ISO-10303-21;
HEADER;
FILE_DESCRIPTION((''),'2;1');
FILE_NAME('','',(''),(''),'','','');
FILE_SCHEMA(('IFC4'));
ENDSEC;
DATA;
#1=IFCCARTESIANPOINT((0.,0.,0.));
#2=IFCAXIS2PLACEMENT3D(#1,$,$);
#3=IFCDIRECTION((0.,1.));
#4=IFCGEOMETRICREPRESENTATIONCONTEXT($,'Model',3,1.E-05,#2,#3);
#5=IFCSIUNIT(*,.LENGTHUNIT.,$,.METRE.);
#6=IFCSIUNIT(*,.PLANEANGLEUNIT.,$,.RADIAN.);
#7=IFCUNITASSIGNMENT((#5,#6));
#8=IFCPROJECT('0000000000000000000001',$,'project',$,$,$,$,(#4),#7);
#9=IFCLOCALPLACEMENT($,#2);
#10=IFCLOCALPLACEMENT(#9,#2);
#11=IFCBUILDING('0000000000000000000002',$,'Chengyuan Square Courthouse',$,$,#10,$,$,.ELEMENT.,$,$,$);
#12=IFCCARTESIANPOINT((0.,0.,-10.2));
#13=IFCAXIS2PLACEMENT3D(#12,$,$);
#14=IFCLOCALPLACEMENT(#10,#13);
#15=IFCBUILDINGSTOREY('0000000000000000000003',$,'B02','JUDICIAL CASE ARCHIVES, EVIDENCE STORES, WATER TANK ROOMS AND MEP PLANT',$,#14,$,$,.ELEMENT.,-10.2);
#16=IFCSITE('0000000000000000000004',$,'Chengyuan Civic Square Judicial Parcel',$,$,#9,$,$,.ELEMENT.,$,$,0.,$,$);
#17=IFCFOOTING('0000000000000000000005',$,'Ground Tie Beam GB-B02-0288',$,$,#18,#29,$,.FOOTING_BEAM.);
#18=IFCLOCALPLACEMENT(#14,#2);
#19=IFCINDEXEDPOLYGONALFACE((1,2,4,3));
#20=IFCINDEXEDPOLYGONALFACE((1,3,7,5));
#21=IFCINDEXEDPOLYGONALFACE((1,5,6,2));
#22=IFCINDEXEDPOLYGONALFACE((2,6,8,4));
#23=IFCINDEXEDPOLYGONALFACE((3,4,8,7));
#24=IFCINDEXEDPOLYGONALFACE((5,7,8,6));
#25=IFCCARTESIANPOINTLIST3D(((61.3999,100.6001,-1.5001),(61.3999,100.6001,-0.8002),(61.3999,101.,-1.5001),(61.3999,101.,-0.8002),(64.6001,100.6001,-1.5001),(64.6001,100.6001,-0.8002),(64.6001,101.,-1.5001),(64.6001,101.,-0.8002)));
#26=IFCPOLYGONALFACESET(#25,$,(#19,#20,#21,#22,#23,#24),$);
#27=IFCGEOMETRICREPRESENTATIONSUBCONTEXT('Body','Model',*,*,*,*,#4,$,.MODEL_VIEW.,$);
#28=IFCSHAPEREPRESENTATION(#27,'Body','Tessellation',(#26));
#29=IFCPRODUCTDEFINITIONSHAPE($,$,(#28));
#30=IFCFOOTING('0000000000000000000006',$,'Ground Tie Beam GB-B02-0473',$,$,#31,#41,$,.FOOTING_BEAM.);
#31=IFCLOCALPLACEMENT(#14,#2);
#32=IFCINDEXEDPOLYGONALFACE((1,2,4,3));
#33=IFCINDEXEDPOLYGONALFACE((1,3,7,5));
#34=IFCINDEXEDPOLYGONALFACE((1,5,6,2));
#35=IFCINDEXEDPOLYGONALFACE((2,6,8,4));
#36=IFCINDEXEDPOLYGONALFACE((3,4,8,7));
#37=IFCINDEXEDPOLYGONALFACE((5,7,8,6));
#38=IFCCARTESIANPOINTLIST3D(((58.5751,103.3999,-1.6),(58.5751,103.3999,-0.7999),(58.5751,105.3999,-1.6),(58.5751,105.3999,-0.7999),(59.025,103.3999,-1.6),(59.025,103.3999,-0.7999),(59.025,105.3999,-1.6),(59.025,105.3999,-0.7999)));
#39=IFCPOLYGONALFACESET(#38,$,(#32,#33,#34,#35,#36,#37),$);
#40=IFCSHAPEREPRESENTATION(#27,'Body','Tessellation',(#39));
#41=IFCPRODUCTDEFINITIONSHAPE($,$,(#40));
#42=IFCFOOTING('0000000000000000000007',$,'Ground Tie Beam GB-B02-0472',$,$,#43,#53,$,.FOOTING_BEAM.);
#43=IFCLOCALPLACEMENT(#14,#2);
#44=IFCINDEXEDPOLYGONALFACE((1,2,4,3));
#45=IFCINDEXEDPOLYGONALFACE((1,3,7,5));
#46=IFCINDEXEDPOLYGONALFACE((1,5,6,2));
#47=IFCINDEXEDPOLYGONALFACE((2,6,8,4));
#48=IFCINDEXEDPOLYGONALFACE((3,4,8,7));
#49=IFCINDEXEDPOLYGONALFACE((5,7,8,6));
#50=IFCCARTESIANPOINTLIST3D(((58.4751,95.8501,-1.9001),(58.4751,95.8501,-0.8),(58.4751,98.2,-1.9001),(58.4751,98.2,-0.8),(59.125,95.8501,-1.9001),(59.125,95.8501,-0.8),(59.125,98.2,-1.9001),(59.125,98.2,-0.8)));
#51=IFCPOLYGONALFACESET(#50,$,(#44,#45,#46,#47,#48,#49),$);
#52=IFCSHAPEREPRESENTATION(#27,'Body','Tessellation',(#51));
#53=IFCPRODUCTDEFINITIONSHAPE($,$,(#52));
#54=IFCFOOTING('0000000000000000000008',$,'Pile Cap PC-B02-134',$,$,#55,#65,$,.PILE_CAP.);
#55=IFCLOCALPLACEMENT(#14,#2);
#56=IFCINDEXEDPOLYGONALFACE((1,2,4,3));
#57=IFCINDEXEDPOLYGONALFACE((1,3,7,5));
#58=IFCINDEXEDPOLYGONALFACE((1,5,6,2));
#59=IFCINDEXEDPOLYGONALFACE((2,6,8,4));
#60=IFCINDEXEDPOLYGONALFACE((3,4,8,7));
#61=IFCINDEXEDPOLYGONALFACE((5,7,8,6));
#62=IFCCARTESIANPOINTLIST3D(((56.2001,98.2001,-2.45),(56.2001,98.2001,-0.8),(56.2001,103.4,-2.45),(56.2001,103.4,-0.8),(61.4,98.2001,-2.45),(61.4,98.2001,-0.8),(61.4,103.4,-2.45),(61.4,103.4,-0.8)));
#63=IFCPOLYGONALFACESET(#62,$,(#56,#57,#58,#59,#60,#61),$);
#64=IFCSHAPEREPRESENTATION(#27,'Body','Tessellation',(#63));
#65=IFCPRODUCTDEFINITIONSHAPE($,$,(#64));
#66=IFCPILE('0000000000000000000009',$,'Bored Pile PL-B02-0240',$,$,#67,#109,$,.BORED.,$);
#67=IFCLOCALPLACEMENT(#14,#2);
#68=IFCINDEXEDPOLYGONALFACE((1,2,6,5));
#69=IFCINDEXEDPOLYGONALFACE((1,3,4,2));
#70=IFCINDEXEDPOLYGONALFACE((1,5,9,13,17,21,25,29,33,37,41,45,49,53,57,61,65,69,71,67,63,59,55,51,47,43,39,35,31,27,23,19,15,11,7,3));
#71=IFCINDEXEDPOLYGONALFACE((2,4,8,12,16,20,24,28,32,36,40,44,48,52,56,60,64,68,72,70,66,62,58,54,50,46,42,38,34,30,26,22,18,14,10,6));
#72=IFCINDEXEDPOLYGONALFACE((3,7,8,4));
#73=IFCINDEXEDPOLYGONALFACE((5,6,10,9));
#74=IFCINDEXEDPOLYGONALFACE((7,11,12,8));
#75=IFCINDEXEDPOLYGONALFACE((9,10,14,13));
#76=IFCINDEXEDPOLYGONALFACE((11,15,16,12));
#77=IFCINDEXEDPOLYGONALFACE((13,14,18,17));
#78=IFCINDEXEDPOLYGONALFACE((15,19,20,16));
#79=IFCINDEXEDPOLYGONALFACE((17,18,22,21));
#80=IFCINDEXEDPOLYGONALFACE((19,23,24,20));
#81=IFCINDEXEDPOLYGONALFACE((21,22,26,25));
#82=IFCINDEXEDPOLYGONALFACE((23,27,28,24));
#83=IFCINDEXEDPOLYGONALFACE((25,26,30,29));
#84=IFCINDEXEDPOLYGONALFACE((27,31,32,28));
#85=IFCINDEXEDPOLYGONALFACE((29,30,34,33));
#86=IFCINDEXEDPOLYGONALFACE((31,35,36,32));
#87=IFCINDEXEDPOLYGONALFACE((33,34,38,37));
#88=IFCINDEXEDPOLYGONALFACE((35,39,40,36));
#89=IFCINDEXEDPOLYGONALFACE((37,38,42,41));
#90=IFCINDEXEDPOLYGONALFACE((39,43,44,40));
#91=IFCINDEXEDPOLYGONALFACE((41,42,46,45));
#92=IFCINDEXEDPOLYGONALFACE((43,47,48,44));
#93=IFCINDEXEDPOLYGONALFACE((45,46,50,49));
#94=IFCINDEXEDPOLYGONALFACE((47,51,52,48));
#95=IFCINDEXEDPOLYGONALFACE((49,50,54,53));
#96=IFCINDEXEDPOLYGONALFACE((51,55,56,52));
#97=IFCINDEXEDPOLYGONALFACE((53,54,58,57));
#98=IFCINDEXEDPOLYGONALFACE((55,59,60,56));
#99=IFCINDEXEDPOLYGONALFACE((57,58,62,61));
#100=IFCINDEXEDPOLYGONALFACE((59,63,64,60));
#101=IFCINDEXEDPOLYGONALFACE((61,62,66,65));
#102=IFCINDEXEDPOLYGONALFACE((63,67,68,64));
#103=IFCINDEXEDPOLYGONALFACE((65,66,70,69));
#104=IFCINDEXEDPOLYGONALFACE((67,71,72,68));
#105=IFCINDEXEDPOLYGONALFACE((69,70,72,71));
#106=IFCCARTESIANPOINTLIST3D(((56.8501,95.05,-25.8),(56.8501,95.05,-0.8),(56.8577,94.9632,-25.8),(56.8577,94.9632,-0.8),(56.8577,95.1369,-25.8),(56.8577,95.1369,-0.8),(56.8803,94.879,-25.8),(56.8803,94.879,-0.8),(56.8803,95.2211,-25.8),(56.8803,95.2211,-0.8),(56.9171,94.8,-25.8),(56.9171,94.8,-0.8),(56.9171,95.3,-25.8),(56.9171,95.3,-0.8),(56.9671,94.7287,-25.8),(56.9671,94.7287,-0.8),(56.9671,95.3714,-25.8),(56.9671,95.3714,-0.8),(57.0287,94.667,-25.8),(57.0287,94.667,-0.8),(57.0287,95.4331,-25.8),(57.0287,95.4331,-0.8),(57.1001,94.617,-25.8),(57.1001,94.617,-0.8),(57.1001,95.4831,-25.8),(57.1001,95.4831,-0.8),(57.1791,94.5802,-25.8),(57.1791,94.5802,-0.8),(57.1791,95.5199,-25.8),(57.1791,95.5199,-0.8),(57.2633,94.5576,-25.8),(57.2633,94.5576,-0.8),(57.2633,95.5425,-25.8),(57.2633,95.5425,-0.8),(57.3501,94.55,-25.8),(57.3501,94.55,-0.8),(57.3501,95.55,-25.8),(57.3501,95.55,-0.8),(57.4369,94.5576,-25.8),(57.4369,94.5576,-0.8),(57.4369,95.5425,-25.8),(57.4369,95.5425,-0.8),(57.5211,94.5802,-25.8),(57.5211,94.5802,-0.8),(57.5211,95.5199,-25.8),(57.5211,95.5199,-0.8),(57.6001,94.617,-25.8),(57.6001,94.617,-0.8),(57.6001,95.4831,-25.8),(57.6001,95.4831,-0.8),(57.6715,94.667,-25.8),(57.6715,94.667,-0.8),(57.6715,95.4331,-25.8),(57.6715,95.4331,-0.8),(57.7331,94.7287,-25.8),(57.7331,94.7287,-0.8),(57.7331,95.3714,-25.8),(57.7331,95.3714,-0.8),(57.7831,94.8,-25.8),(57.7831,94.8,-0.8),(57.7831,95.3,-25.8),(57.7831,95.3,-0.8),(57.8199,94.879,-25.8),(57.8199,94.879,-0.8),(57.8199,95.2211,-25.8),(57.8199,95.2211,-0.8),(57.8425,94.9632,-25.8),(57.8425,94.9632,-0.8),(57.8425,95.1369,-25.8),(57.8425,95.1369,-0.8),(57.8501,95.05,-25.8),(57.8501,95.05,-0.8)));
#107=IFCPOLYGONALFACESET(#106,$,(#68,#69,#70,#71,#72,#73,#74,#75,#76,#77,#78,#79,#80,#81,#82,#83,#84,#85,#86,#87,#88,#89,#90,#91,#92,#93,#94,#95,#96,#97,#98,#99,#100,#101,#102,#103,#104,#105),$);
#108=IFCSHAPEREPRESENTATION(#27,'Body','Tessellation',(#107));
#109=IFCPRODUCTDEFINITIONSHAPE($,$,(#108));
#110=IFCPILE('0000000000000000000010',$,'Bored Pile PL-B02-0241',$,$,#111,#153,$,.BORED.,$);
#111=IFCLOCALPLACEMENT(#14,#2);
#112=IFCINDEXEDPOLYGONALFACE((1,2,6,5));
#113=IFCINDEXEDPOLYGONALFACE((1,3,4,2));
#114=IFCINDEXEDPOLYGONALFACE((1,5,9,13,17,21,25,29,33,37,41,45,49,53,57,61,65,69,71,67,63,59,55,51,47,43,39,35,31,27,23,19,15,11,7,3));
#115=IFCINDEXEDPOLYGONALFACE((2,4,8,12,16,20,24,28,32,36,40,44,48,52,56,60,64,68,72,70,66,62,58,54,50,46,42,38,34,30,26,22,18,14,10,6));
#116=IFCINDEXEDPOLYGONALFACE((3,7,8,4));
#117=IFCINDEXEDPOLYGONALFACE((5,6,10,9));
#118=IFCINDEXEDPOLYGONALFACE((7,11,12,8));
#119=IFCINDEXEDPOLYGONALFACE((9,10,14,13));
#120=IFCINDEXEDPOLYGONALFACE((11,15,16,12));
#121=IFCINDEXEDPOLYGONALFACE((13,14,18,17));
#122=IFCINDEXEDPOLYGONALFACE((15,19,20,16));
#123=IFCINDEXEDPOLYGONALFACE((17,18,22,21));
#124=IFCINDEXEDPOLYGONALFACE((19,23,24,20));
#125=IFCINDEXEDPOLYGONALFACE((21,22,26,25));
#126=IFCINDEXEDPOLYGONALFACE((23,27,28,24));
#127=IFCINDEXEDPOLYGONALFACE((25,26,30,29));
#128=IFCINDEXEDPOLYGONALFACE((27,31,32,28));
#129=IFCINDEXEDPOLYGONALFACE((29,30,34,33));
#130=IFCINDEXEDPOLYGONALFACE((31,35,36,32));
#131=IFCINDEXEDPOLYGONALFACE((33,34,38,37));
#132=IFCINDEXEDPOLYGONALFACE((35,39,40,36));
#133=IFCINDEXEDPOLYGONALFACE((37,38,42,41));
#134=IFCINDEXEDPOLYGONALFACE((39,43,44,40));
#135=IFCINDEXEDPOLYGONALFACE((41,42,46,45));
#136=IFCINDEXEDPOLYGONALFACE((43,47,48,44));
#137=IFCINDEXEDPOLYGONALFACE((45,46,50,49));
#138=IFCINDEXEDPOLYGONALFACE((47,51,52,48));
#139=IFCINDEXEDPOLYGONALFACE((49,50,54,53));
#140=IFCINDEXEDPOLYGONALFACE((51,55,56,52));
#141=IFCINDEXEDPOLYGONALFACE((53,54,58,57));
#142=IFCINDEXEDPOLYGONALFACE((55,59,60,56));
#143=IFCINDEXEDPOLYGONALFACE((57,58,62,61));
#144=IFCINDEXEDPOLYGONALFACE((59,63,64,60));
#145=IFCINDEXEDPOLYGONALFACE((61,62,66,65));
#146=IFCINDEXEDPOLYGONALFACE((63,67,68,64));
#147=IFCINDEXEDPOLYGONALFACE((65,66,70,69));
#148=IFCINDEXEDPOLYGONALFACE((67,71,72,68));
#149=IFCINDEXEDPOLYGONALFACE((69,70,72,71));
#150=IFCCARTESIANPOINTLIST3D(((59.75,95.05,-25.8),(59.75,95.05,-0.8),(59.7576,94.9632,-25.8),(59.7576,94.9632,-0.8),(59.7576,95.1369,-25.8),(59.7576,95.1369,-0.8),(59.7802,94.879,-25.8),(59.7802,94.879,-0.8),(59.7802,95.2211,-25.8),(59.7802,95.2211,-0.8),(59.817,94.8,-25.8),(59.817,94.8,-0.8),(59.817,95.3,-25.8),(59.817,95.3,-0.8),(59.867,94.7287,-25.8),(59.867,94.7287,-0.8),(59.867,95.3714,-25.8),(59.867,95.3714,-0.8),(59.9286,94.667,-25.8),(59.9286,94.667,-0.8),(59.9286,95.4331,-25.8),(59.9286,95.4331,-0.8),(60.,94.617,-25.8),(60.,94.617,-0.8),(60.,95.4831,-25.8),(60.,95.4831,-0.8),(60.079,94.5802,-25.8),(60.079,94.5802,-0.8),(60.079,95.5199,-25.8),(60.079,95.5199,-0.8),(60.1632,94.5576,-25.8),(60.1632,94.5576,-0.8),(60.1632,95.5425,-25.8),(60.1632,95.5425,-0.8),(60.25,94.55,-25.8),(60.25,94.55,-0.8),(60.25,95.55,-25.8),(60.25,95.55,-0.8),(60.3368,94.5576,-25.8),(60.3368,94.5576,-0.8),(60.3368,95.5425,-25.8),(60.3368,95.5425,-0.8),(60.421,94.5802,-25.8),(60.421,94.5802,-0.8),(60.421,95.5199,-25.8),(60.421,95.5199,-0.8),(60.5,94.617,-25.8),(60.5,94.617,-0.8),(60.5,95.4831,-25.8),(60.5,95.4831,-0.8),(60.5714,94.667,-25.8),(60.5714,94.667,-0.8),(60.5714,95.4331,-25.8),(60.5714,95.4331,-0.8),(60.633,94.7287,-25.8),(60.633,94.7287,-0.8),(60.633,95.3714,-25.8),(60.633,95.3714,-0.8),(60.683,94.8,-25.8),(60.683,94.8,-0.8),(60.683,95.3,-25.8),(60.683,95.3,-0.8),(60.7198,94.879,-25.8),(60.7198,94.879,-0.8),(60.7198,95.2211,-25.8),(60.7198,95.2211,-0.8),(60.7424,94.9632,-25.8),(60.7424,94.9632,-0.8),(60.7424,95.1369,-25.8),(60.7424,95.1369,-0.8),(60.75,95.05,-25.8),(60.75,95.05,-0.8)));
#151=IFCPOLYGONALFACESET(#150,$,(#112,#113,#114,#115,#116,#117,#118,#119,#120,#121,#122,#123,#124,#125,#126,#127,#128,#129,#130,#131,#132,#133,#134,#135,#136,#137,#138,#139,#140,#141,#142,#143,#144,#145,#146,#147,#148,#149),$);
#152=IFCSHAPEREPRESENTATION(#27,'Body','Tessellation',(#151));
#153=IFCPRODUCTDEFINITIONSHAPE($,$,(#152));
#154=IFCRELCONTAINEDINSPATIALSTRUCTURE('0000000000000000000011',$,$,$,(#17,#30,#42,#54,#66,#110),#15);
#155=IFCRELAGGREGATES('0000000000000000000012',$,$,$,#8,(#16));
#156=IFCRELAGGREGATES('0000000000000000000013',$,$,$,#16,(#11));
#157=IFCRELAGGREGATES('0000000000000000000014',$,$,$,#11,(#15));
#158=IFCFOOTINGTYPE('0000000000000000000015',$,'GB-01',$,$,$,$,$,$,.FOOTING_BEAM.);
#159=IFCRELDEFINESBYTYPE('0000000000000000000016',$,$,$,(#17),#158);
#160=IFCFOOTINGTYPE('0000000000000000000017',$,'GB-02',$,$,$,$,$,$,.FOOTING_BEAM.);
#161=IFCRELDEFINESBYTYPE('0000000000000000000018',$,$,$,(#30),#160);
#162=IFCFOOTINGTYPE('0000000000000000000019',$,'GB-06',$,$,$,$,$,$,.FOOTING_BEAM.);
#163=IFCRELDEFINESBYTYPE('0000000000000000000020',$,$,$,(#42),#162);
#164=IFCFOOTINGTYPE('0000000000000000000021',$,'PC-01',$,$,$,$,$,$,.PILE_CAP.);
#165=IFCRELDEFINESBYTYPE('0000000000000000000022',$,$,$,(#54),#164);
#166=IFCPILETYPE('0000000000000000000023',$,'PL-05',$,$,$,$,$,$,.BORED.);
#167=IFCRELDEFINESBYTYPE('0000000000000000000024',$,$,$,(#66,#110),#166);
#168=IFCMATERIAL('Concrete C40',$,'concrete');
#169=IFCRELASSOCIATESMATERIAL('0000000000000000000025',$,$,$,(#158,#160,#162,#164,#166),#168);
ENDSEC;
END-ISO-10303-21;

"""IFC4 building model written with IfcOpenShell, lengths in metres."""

from ifc_helpers import new_model, si_unit, direction, frame, origin, origin_2d, place, context, subcontext, project, spatial, rectangle, circle, extrude, material, material_profile, profile_set, type_object, element, save


model = new_model("IFC4")

# Units and contexts
model_context = context("Model", 3, precision=1e-05, world=origin(), true_north=direction((0.0, 1.0)))
body_context = subcontext(model_context, "Body", "Model", "MODEL_VIEW")
ifc_project = project(units=[si_unit("LENGTHUNIT", "METRE"), si_unit("PLANEANGLEUNIT", "RADIAN")], contexts=[model_context])

# Site, building, storey
site_placement = place(None, origin())
site = spatial("IfcSite", under=ifc_project, at=site_placement, Name="Chengyuan Civic Square Judicial Parcel", CompositionType="ELEMENT", RefElevation=0.0)
building_placement = place(site_placement, origin())
building = spatial("IfcBuilding", under=site, at=building_placement, Name="Chengyuan Square Courthouse", CompositionType="ELEMENT")
storey_placement = place(building_placement, frame((0.0, 0.0, -10.2)))
storey = spatial("IfcBuildingStorey", under=building, at=storey_placement, Name="B02", Description="JUDICIAL CASE ARCHIVES, EVIDENCE STORES, WATER TANK ROOMS AND MEP PLANT", CompositionType="ELEMENT", Elevation=-10.2)

# Footings
ifc_material_1 = material(Name="Concrete C40", Category="concrete")
ifc_material_profile_1 = material_profile(ifc_material_1, rectangle(XDim=0.3999, YDim=0.7, at=origin_2d()), Name="GB-400x700")
ifc_profile_set_1 = profile_set([ifc_material_profile_1], Name="Concrete C40")
footing_type_1 = type_object("IfcFootingType", Name="GB-01", PredefinedType="FOOTING_BEAM", material=ifc_profile_set_1)
footing_1_placement = place(storey_placement, frame((61.3999, 100.8, -1.1501), z_axis=(1.0, 0.0, 0.0), x_axis=(0.0, 1.0, 0.0)))
element("IfcFooting", 1, at=footing_1_placement, inside=storey, type_object=footing_type_1, Name="Ground Tie Beam GB-B02-0288", PredefinedType="FOOTING_BEAM", context=body_context, shape_type="SweptSolid", body=[
    extrude(rectangle(XDim=0.3999, YDim=0.7, at=origin_2d()), origin(), (0.0, 0.0, 1.0), 3.2002),
])
ifc_material_profile_2 = material_profile(ifc_material_1, rectangle(XDim=0.45, YDim=0.8, at=origin_2d()), Name="GB-450x800")
ifc_profile_set_2 = profile_set([ifc_material_profile_2], Name="Concrete C40")
footing_type_2 = type_object("IfcFootingType", Name="GB-02", PredefinedType="FOOTING_BEAM", material=ifc_profile_set_2)
footing_2_placement = place(storey_placement, frame((58.8, 103.3999, -1.2), z_axis=(0.0, 1.0, 0.0), x_axis=(-1.0, 0.0, 0.0)))
element("IfcFooting", 2, at=footing_2_placement, inside=storey, type_object=footing_type_2, Name="Ground Tie Beam GB-B02-0473", PredefinedType="FOOTING_BEAM", context=body_context, shape_type="SweptSolid", body=[
    extrude(rectangle(XDim=0.45, YDim=0.8, at=origin_2d()), origin(), (0.0, 0.0, 1.0), 2.0),
])
ifc_material_profile_3 = material_profile(ifc_material_1, rectangle(XDim=0.6499, YDim=1.1001, at=origin_2d()), Name="GB-650x1100")
ifc_profile_set_3 = profile_set([ifc_material_profile_3], Name="Concrete C40")
footing_type_3 = type_object("IfcFootingType", Name="GB-06", PredefinedType="FOOTING_BEAM", material=ifc_profile_set_3)
footing_3_placement = place(storey_placement, frame((58.8, 95.8501, -1.3501), z_axis=(0.0, 1.0, 0.0), x_axis=(-1.0, 0.0, 0.0)))
element("IfcFooting", 3, at=footing_3_placement, inside=storey, type_object=footing_type_3, Name="Ground Tie Beam GB-B02-0472", PredefinedType="FOOTING_BEAM", context=body_context, shape_type="SweptSolid", body=[
    extrude(rectangle(XDim=0.6499, YDim=1.1001, at=origin_2d()), origin(), (0.0, 0.0, 1.0), 2.3499),
])
footing_type_4 = type_object("IfcFootingType", Name="PC-01", PredefinedType="PILE_CAP", material=ifc_material_1)
footing_4_placement = place(storey_placement, frame((58.8, 100.8, -2.45), z_axis=(0.0, 0.0, 1.0), x_axis=(1.0, 0.0, 0.0)))
element("IfcFooting", 4, at=footing_4_placement, inside=storey, type_object=footing_type_4, Name="Pile Cap PC-B02-134", PredefinedType="PILE_CAP", context=body_context, shape_type="SweptSolid", body=[
    extrude(rectangle(XDim=5.2, YDim=5.2, at=origin_2d()), origin(), (0.0, 0.0, 1.0), 1.6499),
])

# Piles
ifc_material_profile_4 = material_profile(ifc_material_1, circle(Radius=0.5, at=origin_2d()), Name="BORED PILE D1000")
ifc_profile_set_4 = profile_set([ifc_material_profile_4], Name="Concrete C40")
pile_type_1 = type_object("IfcPileType", Name="PL-05", PredefinedType="BORED", material=ifc_profile_set_4)
for number, where, z_axis, x_axis, name in (
    (5, (57.3501, 95.05, -0.8), (0.0, 0.0, -1.0), (1.0, 0.0, 0.0), "Bored Pile PL-B02-0240"),
    (6, (60.25, 95.05, -0.8), (0.0, 0.0, -1.0), (1.0, 0.0, 0.0), "Bored Pile PL-B02-0241"),
):
    element("IfcPile", number, at=place(storey_placement, frame(where, z_axis=z_axis, x_axis=x_axis)), inside=storey, type_object=pile_type_1, Name=name, PredefinedType="BORED", context=body_context, shape_type="SweptSolid", body=[
        extrude(circle(Radius=0.5, at=origin_2d()), origin(), (0.0, 0.0, 1.0), 25.0),
    ])

save(model, "model.ifc")
